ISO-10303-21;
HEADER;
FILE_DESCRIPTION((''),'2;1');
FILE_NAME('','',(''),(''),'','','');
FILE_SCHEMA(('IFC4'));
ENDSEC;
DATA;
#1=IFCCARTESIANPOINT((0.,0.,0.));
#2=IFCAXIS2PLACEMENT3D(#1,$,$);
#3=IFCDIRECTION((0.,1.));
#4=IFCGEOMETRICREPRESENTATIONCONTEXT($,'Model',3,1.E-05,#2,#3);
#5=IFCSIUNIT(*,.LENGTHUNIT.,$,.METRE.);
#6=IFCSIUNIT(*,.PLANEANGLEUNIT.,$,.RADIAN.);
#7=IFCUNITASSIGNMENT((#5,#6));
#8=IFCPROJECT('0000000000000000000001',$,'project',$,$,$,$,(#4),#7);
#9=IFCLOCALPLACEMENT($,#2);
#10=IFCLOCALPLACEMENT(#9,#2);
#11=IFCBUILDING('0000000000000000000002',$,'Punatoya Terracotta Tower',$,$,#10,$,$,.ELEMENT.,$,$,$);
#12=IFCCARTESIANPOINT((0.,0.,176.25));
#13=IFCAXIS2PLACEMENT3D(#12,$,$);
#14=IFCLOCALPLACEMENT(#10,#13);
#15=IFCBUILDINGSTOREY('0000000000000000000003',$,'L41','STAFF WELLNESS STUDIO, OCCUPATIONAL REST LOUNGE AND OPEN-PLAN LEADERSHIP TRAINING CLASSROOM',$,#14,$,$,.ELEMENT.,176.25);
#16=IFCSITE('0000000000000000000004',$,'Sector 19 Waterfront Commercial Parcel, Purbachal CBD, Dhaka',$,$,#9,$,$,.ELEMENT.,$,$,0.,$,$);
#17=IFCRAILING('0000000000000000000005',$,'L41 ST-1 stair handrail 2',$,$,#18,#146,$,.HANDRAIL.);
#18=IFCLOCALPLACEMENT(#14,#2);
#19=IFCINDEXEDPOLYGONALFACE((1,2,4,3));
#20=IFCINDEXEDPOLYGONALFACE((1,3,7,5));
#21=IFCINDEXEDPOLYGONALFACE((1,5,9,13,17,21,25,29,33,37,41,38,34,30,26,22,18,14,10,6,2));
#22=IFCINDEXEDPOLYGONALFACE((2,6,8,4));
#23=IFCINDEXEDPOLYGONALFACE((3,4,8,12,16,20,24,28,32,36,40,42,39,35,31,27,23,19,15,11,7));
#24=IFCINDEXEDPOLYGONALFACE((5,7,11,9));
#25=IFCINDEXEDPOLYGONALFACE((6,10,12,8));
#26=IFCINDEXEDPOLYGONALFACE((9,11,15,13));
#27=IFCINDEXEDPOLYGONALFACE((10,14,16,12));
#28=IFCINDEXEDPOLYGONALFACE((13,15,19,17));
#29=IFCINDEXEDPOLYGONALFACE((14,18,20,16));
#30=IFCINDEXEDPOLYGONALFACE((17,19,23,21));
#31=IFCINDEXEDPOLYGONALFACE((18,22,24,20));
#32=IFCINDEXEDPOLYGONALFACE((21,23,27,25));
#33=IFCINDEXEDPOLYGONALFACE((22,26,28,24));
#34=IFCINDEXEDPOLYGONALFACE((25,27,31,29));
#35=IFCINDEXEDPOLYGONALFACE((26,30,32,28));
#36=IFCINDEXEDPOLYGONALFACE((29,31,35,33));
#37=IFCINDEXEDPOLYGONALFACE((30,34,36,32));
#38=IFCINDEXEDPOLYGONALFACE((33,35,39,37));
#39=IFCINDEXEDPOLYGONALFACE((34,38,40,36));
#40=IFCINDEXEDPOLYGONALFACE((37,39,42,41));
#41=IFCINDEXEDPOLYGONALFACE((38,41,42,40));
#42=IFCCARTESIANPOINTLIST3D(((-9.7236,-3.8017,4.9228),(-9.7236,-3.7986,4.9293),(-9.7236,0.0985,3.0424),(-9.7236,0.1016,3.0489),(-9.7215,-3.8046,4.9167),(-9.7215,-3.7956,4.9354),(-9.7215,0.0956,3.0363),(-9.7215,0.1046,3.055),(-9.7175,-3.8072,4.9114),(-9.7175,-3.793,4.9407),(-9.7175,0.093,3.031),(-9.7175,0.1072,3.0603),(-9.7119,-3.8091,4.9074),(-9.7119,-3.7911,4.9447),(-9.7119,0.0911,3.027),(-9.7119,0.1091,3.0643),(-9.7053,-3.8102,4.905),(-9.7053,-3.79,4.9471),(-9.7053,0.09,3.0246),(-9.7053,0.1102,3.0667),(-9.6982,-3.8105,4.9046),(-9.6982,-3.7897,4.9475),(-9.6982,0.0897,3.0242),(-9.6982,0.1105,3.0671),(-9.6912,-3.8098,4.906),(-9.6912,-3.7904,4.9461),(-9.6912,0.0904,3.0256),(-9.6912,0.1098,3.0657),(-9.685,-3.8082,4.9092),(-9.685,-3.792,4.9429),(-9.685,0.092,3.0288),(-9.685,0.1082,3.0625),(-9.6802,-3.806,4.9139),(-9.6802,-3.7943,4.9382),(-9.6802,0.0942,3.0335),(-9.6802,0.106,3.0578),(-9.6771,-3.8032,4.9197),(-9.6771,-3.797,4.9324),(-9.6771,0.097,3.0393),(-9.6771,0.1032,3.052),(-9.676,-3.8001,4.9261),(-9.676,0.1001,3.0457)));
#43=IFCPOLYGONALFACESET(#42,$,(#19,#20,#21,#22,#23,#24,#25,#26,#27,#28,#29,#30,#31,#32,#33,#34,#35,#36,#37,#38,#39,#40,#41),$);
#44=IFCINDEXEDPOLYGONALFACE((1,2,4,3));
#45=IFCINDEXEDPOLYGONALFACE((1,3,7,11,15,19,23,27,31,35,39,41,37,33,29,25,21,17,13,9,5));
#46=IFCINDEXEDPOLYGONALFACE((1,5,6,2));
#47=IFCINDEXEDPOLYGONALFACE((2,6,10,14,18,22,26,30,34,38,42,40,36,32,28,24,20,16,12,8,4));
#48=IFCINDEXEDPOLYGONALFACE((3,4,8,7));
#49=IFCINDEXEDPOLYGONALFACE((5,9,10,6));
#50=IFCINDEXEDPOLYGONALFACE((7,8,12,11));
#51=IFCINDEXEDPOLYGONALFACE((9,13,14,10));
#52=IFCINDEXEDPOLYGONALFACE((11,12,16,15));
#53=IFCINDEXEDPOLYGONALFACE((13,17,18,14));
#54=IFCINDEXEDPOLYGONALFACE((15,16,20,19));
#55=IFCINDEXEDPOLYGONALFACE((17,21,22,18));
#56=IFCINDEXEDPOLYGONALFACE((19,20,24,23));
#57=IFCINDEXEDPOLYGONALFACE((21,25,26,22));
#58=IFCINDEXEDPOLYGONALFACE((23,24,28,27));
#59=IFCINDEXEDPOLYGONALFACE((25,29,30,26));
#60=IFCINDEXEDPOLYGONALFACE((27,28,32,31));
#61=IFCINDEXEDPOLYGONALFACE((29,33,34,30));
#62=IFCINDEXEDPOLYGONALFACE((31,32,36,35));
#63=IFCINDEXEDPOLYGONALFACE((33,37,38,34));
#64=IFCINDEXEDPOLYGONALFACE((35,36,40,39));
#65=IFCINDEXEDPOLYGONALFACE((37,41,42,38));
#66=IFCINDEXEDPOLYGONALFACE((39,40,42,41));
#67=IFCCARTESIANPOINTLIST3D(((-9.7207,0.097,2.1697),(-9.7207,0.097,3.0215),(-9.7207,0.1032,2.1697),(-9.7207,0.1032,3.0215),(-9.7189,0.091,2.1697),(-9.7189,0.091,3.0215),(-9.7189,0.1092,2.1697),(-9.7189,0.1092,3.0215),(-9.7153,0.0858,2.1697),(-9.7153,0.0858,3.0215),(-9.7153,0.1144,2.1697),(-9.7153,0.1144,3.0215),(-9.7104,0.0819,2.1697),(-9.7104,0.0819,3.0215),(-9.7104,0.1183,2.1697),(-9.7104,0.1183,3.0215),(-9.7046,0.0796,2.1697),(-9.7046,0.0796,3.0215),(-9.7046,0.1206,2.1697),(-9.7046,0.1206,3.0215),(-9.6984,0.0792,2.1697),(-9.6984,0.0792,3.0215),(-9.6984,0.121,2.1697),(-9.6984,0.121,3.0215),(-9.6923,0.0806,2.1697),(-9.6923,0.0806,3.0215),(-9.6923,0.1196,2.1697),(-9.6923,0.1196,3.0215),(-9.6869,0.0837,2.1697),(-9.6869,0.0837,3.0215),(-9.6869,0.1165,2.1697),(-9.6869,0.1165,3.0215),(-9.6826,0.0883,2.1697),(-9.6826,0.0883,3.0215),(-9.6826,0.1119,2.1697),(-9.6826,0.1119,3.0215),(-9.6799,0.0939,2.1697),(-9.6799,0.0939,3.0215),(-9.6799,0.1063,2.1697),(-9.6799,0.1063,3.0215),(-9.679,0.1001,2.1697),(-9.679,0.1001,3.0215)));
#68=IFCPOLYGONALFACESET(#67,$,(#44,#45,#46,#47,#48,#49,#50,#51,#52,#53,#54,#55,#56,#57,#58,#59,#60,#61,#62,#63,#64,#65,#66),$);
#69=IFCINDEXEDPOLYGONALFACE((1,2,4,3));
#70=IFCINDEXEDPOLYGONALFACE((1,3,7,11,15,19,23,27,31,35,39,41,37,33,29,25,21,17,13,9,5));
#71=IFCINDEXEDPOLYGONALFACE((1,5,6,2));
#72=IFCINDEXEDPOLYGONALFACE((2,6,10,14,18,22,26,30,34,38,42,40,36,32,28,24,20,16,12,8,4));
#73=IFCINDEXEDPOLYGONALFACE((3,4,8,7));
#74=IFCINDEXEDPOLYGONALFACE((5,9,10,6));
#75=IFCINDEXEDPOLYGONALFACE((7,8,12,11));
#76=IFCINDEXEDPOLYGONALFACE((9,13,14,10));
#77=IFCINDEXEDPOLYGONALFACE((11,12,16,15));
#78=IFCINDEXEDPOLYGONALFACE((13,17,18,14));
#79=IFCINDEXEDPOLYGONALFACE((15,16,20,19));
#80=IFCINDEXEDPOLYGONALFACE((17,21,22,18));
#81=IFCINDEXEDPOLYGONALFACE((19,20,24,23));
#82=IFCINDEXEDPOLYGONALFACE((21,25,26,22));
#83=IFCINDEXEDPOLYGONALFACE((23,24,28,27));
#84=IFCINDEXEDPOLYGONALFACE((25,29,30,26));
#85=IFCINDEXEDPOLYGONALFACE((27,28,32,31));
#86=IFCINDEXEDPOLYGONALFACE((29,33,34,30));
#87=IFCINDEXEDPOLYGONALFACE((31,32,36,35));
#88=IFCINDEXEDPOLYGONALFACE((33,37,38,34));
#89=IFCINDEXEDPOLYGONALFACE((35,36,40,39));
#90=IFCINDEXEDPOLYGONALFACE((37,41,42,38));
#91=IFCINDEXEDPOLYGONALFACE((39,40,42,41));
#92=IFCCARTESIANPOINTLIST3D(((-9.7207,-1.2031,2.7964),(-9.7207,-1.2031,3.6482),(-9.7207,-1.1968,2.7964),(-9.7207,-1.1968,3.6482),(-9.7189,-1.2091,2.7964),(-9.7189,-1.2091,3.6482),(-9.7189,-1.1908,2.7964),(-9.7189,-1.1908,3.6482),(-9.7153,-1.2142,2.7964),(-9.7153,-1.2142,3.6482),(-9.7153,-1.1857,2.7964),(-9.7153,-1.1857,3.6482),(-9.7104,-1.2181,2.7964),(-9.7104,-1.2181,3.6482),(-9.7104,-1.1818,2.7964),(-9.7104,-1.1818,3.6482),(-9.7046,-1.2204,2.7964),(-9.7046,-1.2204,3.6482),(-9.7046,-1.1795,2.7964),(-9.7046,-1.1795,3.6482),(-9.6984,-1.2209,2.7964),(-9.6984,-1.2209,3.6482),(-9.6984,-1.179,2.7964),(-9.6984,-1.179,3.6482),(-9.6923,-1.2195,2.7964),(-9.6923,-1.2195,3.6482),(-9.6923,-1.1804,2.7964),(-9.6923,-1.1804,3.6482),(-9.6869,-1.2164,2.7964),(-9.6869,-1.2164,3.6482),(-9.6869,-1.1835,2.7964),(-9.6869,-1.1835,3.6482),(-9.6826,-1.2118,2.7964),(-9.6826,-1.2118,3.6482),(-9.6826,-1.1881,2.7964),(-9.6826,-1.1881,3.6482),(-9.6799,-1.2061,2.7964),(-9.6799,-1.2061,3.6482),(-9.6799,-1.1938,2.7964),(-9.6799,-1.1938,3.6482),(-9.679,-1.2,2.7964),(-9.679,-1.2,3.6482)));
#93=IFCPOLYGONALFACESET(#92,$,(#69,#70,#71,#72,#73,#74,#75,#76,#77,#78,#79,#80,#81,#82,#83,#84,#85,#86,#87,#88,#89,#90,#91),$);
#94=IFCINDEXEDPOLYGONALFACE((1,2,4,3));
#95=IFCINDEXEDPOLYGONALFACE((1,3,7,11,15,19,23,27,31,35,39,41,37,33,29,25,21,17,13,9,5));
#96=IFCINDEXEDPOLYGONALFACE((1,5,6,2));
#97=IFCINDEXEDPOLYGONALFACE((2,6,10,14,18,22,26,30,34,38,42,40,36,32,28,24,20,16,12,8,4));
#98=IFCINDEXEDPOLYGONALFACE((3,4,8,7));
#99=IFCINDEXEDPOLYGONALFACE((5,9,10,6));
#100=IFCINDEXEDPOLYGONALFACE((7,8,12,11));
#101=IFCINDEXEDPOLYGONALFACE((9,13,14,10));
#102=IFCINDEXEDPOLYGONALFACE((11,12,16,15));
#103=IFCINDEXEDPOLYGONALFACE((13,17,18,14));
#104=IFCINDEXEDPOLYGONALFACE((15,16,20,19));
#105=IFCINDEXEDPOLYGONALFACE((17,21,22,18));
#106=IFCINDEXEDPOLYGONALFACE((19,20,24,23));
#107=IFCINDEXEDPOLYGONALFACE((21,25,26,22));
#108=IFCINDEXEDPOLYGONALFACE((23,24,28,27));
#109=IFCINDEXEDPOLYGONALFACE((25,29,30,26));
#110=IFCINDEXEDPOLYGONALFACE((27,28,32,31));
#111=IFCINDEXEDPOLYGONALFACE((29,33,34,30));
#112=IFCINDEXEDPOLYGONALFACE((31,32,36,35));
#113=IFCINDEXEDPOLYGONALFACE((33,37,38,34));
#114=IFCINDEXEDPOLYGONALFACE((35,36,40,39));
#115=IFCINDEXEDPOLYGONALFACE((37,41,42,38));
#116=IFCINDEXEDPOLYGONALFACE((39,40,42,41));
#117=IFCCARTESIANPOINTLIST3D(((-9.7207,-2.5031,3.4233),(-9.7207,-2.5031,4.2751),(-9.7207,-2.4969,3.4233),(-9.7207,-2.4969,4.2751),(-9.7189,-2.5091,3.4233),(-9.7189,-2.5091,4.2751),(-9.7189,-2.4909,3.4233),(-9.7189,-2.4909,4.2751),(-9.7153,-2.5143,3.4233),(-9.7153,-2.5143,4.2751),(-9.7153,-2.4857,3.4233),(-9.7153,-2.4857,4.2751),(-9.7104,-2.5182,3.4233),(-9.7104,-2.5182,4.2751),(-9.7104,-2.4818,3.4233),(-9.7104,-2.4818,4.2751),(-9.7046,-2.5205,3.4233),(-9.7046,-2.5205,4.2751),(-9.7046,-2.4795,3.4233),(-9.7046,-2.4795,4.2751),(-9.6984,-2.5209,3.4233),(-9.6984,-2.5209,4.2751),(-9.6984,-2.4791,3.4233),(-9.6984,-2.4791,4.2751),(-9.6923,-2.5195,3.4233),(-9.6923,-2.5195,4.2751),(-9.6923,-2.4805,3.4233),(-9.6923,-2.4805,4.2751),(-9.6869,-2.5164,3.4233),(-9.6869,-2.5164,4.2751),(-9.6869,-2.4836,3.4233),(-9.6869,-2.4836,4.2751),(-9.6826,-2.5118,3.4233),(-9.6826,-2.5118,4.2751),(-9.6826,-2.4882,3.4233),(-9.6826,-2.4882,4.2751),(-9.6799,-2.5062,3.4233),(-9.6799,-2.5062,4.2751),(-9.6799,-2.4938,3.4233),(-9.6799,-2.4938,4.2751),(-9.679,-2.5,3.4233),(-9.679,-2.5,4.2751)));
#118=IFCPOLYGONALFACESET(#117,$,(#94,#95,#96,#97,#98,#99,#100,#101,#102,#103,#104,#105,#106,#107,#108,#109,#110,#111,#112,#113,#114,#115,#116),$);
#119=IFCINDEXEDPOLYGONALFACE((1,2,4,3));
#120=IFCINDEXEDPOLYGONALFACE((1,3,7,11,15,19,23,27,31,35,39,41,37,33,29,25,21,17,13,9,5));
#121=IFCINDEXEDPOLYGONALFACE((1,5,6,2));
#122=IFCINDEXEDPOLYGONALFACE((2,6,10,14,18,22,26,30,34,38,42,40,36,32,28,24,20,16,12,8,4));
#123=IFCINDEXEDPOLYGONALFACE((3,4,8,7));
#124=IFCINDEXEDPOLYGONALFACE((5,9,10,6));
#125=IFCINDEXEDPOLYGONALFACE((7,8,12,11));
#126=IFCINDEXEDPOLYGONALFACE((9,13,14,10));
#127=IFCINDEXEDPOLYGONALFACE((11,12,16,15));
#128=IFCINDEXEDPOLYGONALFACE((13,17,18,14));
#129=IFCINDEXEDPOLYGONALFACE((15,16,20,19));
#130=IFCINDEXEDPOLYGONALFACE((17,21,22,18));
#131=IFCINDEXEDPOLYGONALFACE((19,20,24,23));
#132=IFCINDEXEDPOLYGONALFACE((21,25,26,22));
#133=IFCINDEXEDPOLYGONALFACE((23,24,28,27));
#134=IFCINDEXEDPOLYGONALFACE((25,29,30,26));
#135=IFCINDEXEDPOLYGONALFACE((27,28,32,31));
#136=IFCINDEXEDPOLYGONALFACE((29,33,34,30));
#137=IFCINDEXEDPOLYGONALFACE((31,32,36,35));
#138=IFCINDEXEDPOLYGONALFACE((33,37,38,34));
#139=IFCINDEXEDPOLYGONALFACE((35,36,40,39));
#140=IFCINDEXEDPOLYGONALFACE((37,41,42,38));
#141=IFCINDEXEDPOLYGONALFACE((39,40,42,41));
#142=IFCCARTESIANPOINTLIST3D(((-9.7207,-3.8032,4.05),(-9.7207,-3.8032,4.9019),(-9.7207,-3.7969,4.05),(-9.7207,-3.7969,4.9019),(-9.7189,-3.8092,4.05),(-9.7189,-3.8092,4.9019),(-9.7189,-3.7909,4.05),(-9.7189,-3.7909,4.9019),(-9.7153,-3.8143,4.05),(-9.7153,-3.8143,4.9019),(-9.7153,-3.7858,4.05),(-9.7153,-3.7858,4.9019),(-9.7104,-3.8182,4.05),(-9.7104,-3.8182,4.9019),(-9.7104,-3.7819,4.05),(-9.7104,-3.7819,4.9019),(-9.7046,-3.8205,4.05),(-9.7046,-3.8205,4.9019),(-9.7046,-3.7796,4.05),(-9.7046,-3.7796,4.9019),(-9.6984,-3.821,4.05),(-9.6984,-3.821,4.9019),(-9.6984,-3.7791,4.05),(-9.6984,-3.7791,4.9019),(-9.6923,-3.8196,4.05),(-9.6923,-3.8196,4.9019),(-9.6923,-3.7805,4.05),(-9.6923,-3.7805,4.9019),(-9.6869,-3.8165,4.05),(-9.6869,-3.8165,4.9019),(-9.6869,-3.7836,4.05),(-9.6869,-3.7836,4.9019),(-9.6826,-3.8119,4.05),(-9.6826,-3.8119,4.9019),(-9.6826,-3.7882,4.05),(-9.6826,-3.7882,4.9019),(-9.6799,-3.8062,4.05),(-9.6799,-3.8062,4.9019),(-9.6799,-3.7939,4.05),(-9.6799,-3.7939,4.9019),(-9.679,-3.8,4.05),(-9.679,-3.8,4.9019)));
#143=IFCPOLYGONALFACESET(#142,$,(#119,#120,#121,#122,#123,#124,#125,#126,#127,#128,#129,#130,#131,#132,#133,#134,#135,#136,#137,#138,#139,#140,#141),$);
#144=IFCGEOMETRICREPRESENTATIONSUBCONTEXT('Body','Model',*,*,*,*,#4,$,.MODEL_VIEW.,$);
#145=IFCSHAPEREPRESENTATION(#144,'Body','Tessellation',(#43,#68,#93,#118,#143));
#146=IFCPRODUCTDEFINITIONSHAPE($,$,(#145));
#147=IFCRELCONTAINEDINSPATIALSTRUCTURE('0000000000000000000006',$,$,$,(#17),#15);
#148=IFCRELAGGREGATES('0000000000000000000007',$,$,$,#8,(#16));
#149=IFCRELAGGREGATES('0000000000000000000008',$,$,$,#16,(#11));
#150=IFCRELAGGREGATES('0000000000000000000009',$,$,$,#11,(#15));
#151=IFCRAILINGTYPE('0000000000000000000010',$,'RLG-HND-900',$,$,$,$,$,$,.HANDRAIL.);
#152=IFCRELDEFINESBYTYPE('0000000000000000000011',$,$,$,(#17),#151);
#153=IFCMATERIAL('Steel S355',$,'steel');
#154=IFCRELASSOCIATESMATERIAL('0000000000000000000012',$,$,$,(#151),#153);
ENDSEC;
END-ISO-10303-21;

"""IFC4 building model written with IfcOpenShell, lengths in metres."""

from ifc_helpers import new_model, si_unit, direction, frame, origin, origin_2d, place, context, subcontext, project, spatial, circle, extrude, material, type_object, element, save


model = new_model("IFC4")

# Units and contexts
model_context = context("Model", 3, precision=1e-05, world=origin(), true_north=direction((0.0, 1.0)))
body_context = subcontext(model_context, "Body", "Model", "MODEL_VIEW")
ifc_project = project(units=[si_unit("LENGTHUNIT", "METRE"), si_unit("PLANEANGLEUNIT", "RADIAN")], contexts=[model_context])

# Site, building, storey
site_placement = place(None, origin())
site = spatial("IfcSite", under=ifc_project, at=site_placement, Name="Sector 19 Waterfront Commercial Parcel, Purbachal CBD, Dhaka", CompositionType="ELEMENT", RefElevation=0.0)
building_placement = place(site_placement, origin())
building = spatial("IfcBuilding", under=site, at=building_placement, Name="Punatoya Terracotta Tower", CompositionType="ELEMENT")
storey_placement = place(building_placement, frame((0.0, 0.0, 176.25)))
storey = spatial("IfcBuildingStorey", under=building, at=storey_placement, Name="L41", Description="STAFF WELLNESS STUDIO, OCCUPATIONAL REST LOUNGE AND OPEN-PLAN LEADERSHIP TRAINING CLASSROOM", CompositionType="ELEMENT", Elevation=176.25)

# Shared definitions
ifc_material_1 = material(Name="Steel S355", Category="steel")

# Railing
railing_type_1 = type_object("IfcRailingType", Name="RLG-HND-900", PredefinedType="HANDRAIL", material=ifc_material_1)
railing_1_placement = place(storey_placement, frame((-9.7, 0.1001, 2.1697)))
element("IfcRailing", 1, at=railing_1_placement, inside=storey, type_object=railing_type_1, Name="L41 ST-1 stair handrail 2", PredefinedType="HANDRAIL", context=body_context, shape_type="SweptSolid", body=[
    extrude(circle(Radius=0.0239, at=origin_2d()), frame((0.0, 0.0, 0.876), z_axis=(0.0, -0.900774, 0.434289), x_axis=(1.0, 0.0, 0.0)), (0.0, 0.0, 1.0), 4.3298),
    extrude(circle(Radius=0.021, at=origin_2d()), origin(), (0.0, 0.0, 1.0), 0.8518),
    extrude(circle(Radius=0.021, at=origin_2d()), frame((0.0, -1.3, 0.6267)), (0.0, 0.0, 1.0), 0.8518),
    extrude(circle(Radius=0.021, at=origin_2d()), frame((0.0, -2.6001, 1.2537)), (0.0, 0.0, 1.0), 0.8518),
    extrude(circle(Radius=0.021, at=origin_2d()), frame((0.0, -3.9001, 1.8804)), (0.0, 0.0, 1.0), 0.8518),
])

save(model, "model.ifc")
